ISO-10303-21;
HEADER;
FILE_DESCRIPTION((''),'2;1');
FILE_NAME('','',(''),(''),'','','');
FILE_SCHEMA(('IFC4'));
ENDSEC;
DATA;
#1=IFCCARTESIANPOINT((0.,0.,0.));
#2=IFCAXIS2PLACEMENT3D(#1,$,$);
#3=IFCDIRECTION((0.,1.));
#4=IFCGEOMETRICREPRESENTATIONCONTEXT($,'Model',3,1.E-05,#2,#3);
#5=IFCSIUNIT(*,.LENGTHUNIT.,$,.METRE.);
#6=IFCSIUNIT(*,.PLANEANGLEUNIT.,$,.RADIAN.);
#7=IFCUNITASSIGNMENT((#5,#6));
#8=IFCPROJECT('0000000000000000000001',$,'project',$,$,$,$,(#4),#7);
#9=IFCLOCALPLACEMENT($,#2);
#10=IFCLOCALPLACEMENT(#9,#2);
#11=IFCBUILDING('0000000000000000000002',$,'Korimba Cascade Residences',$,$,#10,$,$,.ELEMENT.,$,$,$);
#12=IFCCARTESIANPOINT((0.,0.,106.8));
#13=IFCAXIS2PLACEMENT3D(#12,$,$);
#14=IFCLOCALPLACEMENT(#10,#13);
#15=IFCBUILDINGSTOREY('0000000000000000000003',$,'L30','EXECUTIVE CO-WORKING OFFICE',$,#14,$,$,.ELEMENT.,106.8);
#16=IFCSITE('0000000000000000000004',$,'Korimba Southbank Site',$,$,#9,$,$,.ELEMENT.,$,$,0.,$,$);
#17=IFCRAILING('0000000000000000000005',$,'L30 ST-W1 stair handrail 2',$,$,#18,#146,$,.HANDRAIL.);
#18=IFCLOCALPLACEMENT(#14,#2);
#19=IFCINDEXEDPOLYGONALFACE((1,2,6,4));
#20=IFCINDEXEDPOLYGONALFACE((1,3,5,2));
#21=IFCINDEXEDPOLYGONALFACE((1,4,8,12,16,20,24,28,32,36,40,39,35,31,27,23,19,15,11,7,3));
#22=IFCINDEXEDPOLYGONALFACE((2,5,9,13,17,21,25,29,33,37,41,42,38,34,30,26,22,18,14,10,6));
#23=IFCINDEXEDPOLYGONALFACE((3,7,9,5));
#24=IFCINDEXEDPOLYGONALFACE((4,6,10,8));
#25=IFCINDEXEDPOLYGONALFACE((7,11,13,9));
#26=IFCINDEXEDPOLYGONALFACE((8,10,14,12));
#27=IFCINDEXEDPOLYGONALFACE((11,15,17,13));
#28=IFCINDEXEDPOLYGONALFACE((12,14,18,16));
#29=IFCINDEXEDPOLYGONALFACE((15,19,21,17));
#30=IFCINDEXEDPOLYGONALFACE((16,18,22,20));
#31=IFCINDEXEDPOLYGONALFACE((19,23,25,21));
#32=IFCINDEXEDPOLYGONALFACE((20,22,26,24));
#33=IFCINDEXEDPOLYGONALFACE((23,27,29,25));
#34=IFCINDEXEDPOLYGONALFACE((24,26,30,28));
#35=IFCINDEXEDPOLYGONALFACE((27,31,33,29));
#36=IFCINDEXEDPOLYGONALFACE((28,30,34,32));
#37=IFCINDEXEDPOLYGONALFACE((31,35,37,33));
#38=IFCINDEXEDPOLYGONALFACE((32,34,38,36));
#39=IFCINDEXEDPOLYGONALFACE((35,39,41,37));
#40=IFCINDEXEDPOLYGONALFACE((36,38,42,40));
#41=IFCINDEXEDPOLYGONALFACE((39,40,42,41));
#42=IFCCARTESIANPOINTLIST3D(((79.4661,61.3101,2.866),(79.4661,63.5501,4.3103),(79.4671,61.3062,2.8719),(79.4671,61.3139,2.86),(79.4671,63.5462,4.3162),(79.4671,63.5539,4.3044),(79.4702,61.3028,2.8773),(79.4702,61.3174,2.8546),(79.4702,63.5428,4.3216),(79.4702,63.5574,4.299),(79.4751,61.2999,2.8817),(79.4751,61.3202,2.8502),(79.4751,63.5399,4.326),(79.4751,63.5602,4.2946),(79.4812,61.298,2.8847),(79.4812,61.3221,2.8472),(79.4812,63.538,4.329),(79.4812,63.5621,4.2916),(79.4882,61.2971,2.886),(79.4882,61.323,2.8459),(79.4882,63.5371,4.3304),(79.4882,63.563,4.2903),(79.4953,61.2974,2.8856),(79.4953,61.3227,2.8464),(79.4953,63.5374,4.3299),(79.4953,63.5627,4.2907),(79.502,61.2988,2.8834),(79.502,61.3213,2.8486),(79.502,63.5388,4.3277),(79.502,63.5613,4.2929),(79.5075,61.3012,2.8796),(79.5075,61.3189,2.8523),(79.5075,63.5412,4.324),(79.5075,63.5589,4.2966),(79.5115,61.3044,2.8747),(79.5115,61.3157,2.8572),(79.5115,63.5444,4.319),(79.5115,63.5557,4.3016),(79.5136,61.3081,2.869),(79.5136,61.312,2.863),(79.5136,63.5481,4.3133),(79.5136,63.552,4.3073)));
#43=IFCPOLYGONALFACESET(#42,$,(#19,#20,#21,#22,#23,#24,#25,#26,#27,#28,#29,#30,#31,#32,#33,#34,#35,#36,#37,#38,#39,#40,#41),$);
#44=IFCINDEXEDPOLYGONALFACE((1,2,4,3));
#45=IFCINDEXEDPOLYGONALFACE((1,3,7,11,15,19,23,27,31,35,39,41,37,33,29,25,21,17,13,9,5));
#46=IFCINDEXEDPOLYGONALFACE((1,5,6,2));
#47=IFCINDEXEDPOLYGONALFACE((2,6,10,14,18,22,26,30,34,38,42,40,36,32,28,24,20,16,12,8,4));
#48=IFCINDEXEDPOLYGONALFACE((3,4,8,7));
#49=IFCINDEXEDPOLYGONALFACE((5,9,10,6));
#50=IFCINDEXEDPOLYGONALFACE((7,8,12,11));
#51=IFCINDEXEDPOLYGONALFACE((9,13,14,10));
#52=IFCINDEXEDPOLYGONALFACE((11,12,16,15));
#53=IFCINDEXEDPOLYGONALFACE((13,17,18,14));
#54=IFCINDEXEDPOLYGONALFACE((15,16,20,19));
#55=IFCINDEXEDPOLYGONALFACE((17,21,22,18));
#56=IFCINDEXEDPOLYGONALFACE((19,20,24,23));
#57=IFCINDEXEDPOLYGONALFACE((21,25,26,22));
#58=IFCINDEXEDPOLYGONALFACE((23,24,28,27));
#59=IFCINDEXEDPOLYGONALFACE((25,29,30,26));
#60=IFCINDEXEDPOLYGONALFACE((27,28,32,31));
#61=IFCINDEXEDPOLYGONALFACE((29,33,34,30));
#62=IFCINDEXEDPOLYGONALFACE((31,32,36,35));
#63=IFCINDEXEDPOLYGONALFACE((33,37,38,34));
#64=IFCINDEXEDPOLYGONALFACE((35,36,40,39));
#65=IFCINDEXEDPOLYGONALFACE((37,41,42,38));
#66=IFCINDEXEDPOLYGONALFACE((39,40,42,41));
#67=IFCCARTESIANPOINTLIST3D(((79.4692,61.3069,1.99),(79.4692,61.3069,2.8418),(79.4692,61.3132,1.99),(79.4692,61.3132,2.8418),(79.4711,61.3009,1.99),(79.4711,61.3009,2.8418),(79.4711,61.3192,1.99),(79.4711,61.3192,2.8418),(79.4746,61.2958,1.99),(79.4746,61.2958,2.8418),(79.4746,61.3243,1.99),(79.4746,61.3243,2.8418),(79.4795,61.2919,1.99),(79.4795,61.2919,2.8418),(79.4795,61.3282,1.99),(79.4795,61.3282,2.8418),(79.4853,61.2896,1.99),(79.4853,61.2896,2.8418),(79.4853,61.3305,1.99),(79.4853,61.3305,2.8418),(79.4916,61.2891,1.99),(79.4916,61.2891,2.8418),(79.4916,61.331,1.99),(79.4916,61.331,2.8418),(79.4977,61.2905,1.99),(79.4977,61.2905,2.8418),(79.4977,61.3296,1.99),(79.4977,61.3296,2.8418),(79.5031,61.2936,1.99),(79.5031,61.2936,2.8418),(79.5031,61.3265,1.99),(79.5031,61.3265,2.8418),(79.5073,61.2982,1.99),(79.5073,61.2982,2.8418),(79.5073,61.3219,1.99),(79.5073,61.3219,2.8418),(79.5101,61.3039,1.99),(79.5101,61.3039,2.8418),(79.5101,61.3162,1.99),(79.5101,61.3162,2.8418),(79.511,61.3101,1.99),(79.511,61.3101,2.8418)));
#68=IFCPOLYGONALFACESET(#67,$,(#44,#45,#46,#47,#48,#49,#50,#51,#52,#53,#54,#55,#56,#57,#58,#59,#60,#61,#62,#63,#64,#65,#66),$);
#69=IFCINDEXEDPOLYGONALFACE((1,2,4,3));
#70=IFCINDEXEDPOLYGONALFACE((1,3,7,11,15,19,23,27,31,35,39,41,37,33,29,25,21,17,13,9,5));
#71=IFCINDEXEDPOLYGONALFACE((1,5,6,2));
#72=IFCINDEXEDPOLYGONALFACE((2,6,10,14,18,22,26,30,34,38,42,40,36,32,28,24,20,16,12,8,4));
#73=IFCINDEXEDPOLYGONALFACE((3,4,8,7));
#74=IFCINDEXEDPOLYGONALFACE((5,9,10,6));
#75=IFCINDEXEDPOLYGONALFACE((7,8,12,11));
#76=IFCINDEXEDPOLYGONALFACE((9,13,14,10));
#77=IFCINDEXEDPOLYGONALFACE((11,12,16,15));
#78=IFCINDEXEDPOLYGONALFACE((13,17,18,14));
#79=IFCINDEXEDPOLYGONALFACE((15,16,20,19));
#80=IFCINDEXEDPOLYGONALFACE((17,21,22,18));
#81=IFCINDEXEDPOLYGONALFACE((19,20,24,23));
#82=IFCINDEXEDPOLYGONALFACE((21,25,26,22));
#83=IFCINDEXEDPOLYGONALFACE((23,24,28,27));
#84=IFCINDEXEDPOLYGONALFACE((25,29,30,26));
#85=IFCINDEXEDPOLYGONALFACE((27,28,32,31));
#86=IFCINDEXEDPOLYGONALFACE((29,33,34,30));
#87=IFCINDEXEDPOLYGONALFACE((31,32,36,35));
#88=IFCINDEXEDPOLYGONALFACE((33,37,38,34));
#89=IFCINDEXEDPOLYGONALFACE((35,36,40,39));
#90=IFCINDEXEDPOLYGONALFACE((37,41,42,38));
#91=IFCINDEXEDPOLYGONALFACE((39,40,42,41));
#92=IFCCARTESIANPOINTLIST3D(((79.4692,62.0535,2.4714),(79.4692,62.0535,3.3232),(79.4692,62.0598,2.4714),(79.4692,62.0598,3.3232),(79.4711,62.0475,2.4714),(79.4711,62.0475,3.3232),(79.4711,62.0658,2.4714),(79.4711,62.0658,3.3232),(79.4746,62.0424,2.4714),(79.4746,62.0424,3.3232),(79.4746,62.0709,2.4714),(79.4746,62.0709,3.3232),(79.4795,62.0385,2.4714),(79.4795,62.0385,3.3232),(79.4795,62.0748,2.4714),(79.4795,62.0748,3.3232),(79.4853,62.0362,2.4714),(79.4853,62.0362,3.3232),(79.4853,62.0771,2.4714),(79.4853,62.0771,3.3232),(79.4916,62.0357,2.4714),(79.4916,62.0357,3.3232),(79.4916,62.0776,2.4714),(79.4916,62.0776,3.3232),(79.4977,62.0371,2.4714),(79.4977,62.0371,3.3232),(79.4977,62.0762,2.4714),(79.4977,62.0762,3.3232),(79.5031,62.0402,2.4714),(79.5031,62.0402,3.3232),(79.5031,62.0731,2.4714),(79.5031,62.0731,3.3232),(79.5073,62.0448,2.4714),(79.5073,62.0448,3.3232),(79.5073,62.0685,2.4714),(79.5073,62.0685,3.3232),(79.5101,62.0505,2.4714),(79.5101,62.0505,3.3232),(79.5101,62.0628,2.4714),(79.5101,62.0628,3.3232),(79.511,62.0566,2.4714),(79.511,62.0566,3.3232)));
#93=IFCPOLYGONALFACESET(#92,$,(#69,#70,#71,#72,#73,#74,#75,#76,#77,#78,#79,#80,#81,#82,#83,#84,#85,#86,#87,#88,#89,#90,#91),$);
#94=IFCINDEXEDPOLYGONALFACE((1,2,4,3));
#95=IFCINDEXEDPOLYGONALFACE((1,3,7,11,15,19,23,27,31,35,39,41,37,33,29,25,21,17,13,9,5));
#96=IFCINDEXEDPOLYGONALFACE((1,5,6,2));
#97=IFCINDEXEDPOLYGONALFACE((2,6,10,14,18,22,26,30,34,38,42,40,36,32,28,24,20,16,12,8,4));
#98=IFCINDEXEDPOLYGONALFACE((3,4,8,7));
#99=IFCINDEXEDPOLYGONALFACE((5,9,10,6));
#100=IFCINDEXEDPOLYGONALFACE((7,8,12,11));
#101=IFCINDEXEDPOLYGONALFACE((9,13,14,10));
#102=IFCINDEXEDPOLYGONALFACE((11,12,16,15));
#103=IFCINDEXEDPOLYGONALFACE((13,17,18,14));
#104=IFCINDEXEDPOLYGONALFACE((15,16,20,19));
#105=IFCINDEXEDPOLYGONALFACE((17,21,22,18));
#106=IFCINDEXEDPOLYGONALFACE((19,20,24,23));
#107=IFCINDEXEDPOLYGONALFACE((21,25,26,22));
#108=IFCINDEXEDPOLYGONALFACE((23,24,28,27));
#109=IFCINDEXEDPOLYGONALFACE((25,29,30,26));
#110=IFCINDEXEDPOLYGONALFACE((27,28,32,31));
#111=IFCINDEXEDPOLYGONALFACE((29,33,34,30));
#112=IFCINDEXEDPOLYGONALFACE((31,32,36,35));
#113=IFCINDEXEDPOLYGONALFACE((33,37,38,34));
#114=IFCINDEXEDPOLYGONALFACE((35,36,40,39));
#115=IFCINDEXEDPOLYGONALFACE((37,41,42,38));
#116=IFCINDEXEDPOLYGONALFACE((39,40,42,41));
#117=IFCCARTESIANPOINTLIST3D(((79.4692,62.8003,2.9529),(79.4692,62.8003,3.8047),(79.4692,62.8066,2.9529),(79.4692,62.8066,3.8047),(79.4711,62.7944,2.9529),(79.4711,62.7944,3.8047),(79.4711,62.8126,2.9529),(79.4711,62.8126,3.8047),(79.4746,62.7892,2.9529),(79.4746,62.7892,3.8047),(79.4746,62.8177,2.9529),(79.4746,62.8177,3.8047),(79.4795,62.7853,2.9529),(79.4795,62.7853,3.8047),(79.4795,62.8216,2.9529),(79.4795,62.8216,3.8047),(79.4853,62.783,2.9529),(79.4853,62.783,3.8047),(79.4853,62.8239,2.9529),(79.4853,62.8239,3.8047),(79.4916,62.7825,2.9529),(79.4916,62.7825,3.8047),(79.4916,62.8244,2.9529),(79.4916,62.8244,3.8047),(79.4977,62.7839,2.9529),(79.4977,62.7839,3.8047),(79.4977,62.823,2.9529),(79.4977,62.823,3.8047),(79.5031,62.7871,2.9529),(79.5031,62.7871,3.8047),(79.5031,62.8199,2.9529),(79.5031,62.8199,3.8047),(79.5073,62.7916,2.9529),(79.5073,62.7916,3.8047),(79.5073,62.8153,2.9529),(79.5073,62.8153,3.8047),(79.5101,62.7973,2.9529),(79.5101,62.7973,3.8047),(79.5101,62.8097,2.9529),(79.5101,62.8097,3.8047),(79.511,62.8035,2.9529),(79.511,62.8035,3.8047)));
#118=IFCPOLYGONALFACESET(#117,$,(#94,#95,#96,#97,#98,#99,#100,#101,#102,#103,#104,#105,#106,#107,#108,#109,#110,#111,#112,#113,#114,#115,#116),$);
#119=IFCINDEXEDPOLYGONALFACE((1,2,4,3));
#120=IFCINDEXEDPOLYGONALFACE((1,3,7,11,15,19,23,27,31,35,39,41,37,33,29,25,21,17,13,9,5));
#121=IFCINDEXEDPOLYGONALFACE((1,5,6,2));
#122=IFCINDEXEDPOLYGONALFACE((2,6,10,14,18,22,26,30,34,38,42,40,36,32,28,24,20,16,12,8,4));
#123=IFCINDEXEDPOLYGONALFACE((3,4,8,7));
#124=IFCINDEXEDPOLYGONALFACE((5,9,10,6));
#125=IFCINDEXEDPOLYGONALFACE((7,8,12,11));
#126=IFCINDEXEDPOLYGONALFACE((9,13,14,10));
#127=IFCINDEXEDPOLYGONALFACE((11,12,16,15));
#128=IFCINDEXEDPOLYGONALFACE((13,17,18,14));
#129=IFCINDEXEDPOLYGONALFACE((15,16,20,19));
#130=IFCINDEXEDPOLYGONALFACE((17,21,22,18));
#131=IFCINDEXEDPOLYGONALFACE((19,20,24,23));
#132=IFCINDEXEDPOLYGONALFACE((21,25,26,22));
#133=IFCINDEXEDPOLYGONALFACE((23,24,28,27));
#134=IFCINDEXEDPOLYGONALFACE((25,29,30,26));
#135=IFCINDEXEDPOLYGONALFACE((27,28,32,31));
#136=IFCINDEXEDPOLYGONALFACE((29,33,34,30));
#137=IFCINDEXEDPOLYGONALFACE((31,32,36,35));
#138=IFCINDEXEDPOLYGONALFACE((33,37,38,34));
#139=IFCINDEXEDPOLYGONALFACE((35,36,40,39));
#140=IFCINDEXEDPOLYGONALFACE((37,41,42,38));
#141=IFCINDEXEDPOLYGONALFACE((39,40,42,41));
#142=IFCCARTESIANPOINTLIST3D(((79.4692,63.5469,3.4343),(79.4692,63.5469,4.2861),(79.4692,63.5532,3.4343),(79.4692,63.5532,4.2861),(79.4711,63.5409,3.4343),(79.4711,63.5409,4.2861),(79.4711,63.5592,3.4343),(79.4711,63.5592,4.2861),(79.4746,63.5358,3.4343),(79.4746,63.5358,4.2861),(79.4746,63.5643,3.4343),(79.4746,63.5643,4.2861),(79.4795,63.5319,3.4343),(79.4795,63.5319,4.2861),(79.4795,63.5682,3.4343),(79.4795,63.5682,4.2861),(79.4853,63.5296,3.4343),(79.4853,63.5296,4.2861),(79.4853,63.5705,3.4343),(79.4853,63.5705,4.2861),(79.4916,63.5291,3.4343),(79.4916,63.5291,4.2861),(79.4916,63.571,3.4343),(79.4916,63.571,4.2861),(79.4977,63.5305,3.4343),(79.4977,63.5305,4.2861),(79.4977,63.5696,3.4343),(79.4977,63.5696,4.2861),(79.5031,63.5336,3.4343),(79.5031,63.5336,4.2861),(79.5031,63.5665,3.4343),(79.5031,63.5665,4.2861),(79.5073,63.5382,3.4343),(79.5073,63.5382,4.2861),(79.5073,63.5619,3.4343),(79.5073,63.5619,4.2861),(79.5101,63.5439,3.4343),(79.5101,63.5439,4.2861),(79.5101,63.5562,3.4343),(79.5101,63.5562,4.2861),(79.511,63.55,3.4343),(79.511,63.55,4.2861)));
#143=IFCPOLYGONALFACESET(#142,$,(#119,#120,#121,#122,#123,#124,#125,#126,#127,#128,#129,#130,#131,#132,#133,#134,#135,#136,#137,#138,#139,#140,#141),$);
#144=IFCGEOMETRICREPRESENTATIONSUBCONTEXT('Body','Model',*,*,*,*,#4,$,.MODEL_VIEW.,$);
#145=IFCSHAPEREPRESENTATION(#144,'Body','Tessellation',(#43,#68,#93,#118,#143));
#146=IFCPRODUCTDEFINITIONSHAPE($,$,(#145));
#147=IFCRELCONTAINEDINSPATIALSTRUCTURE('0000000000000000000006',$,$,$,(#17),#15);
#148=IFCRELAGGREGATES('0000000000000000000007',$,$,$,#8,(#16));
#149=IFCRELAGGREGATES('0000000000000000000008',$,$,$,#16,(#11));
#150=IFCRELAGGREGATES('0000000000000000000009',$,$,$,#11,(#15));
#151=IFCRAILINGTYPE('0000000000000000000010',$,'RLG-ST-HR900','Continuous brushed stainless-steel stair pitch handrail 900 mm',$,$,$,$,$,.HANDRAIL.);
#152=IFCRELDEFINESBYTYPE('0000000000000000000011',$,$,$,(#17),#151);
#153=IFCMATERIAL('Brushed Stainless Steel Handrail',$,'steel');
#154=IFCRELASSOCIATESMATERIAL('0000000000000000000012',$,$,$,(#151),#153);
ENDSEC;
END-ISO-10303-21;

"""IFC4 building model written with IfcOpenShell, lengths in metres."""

from ifc_helpers import new_model, si_unit, direction, frame, origin, origin_2d, place, context, subcontext, project, spatial, circle, extrude, material, type_object, element, save


model = new_model("IFC4")

# Units and contexts
model_context = context("Model", 3, precision=1e-05, world=origin(), true_north=direction((0.0, 1.0)))
body_context = subcontext(model_context, "Body", "Model", "MODEL_VIEW")
ifc_project = project(units=[si_unit("LENGTHUNIT", "METRE"), si_unit("PLANEANGLEUNIT", "RADIAN")], contexts=[model_context])

# Site, building, storey
site_placement = place(None, origin())
site = spatial("IfcSite", under=ifc_project, at=site_placement, Name="Korimba Southbank Site", CompositionType="ELEMENT", RefElevation=0.0)
building_placement = place(site_placement, origin())
building = spatial("IfcBuilding", under=site, at=building_placement, Name="Korimba Cascade Residences", CompositionType="ELEMENT")
storey_placement = place(building_placement, frame((0.0, 0.0, 106.8)))
storey = spatial("IfcBuildingStorey", under=building, at=storey_placement, Name="L30", Description="EXECUTIVE CO-WORKING OFFICE", CompositionType="ELEMENT", Elevation=106.8)

# Railing
ifc_material_1 = material(Name="Brushed Stainless Steel Handrail", Category="steel")
railing_type_1 = type_object("IfcRailingType", Name="RLG-ST-HR900", Description="Continuous brushed stainless-steel stair pitch handrail 900 mm", PredefinedType="HANDRAIL", material=ifc_material_1)
railing_1_placement = place(storey_placement, frame((79.49, 61.3101, 1.99)))
element("IfcRailing", 1, at=railing_1_placement, inside=storey, type_object=railing_type_1, Name="L30 ST-W1 stair handrail 2", PredefinedType="HANDRAIL", context=body_context, shape_type="SweptSolid", body=[
    extrude(circle(Radius=0.0239, at=origin_2d()), frame((0.0, 0.0, 0.876), z_axis=(0.0, 0.840437, 0.54191), x_axis=(-1.0, 0.0, 0.0)), (0.0, 0.0, 1.0), 2.6653),
    extrude(circle(Radius=0.021, at=origin_2d()), origin(), (0.0, 0.0, 1.0), 0.8518),
    extrude(circle(Radius=0.021, at=origin_2d()), frame((0.0, 0.7466, 0.4814)), (0.0, 0.0, 1.0), 0.8518),
    extrude(circle(Radius=0.021, at=origin_2d()), frame((0.0, 1.4934, 0.9629)), (0.0, 0.0, 1.0), 0.8518),
    extrude(circle(Radius=0.021, at=origin_2d()), frame((0.0, 2.24, 1.4443)), (0.0, 0.0, 1.0), 0.8518),
])

save(model, "model.ifc")
